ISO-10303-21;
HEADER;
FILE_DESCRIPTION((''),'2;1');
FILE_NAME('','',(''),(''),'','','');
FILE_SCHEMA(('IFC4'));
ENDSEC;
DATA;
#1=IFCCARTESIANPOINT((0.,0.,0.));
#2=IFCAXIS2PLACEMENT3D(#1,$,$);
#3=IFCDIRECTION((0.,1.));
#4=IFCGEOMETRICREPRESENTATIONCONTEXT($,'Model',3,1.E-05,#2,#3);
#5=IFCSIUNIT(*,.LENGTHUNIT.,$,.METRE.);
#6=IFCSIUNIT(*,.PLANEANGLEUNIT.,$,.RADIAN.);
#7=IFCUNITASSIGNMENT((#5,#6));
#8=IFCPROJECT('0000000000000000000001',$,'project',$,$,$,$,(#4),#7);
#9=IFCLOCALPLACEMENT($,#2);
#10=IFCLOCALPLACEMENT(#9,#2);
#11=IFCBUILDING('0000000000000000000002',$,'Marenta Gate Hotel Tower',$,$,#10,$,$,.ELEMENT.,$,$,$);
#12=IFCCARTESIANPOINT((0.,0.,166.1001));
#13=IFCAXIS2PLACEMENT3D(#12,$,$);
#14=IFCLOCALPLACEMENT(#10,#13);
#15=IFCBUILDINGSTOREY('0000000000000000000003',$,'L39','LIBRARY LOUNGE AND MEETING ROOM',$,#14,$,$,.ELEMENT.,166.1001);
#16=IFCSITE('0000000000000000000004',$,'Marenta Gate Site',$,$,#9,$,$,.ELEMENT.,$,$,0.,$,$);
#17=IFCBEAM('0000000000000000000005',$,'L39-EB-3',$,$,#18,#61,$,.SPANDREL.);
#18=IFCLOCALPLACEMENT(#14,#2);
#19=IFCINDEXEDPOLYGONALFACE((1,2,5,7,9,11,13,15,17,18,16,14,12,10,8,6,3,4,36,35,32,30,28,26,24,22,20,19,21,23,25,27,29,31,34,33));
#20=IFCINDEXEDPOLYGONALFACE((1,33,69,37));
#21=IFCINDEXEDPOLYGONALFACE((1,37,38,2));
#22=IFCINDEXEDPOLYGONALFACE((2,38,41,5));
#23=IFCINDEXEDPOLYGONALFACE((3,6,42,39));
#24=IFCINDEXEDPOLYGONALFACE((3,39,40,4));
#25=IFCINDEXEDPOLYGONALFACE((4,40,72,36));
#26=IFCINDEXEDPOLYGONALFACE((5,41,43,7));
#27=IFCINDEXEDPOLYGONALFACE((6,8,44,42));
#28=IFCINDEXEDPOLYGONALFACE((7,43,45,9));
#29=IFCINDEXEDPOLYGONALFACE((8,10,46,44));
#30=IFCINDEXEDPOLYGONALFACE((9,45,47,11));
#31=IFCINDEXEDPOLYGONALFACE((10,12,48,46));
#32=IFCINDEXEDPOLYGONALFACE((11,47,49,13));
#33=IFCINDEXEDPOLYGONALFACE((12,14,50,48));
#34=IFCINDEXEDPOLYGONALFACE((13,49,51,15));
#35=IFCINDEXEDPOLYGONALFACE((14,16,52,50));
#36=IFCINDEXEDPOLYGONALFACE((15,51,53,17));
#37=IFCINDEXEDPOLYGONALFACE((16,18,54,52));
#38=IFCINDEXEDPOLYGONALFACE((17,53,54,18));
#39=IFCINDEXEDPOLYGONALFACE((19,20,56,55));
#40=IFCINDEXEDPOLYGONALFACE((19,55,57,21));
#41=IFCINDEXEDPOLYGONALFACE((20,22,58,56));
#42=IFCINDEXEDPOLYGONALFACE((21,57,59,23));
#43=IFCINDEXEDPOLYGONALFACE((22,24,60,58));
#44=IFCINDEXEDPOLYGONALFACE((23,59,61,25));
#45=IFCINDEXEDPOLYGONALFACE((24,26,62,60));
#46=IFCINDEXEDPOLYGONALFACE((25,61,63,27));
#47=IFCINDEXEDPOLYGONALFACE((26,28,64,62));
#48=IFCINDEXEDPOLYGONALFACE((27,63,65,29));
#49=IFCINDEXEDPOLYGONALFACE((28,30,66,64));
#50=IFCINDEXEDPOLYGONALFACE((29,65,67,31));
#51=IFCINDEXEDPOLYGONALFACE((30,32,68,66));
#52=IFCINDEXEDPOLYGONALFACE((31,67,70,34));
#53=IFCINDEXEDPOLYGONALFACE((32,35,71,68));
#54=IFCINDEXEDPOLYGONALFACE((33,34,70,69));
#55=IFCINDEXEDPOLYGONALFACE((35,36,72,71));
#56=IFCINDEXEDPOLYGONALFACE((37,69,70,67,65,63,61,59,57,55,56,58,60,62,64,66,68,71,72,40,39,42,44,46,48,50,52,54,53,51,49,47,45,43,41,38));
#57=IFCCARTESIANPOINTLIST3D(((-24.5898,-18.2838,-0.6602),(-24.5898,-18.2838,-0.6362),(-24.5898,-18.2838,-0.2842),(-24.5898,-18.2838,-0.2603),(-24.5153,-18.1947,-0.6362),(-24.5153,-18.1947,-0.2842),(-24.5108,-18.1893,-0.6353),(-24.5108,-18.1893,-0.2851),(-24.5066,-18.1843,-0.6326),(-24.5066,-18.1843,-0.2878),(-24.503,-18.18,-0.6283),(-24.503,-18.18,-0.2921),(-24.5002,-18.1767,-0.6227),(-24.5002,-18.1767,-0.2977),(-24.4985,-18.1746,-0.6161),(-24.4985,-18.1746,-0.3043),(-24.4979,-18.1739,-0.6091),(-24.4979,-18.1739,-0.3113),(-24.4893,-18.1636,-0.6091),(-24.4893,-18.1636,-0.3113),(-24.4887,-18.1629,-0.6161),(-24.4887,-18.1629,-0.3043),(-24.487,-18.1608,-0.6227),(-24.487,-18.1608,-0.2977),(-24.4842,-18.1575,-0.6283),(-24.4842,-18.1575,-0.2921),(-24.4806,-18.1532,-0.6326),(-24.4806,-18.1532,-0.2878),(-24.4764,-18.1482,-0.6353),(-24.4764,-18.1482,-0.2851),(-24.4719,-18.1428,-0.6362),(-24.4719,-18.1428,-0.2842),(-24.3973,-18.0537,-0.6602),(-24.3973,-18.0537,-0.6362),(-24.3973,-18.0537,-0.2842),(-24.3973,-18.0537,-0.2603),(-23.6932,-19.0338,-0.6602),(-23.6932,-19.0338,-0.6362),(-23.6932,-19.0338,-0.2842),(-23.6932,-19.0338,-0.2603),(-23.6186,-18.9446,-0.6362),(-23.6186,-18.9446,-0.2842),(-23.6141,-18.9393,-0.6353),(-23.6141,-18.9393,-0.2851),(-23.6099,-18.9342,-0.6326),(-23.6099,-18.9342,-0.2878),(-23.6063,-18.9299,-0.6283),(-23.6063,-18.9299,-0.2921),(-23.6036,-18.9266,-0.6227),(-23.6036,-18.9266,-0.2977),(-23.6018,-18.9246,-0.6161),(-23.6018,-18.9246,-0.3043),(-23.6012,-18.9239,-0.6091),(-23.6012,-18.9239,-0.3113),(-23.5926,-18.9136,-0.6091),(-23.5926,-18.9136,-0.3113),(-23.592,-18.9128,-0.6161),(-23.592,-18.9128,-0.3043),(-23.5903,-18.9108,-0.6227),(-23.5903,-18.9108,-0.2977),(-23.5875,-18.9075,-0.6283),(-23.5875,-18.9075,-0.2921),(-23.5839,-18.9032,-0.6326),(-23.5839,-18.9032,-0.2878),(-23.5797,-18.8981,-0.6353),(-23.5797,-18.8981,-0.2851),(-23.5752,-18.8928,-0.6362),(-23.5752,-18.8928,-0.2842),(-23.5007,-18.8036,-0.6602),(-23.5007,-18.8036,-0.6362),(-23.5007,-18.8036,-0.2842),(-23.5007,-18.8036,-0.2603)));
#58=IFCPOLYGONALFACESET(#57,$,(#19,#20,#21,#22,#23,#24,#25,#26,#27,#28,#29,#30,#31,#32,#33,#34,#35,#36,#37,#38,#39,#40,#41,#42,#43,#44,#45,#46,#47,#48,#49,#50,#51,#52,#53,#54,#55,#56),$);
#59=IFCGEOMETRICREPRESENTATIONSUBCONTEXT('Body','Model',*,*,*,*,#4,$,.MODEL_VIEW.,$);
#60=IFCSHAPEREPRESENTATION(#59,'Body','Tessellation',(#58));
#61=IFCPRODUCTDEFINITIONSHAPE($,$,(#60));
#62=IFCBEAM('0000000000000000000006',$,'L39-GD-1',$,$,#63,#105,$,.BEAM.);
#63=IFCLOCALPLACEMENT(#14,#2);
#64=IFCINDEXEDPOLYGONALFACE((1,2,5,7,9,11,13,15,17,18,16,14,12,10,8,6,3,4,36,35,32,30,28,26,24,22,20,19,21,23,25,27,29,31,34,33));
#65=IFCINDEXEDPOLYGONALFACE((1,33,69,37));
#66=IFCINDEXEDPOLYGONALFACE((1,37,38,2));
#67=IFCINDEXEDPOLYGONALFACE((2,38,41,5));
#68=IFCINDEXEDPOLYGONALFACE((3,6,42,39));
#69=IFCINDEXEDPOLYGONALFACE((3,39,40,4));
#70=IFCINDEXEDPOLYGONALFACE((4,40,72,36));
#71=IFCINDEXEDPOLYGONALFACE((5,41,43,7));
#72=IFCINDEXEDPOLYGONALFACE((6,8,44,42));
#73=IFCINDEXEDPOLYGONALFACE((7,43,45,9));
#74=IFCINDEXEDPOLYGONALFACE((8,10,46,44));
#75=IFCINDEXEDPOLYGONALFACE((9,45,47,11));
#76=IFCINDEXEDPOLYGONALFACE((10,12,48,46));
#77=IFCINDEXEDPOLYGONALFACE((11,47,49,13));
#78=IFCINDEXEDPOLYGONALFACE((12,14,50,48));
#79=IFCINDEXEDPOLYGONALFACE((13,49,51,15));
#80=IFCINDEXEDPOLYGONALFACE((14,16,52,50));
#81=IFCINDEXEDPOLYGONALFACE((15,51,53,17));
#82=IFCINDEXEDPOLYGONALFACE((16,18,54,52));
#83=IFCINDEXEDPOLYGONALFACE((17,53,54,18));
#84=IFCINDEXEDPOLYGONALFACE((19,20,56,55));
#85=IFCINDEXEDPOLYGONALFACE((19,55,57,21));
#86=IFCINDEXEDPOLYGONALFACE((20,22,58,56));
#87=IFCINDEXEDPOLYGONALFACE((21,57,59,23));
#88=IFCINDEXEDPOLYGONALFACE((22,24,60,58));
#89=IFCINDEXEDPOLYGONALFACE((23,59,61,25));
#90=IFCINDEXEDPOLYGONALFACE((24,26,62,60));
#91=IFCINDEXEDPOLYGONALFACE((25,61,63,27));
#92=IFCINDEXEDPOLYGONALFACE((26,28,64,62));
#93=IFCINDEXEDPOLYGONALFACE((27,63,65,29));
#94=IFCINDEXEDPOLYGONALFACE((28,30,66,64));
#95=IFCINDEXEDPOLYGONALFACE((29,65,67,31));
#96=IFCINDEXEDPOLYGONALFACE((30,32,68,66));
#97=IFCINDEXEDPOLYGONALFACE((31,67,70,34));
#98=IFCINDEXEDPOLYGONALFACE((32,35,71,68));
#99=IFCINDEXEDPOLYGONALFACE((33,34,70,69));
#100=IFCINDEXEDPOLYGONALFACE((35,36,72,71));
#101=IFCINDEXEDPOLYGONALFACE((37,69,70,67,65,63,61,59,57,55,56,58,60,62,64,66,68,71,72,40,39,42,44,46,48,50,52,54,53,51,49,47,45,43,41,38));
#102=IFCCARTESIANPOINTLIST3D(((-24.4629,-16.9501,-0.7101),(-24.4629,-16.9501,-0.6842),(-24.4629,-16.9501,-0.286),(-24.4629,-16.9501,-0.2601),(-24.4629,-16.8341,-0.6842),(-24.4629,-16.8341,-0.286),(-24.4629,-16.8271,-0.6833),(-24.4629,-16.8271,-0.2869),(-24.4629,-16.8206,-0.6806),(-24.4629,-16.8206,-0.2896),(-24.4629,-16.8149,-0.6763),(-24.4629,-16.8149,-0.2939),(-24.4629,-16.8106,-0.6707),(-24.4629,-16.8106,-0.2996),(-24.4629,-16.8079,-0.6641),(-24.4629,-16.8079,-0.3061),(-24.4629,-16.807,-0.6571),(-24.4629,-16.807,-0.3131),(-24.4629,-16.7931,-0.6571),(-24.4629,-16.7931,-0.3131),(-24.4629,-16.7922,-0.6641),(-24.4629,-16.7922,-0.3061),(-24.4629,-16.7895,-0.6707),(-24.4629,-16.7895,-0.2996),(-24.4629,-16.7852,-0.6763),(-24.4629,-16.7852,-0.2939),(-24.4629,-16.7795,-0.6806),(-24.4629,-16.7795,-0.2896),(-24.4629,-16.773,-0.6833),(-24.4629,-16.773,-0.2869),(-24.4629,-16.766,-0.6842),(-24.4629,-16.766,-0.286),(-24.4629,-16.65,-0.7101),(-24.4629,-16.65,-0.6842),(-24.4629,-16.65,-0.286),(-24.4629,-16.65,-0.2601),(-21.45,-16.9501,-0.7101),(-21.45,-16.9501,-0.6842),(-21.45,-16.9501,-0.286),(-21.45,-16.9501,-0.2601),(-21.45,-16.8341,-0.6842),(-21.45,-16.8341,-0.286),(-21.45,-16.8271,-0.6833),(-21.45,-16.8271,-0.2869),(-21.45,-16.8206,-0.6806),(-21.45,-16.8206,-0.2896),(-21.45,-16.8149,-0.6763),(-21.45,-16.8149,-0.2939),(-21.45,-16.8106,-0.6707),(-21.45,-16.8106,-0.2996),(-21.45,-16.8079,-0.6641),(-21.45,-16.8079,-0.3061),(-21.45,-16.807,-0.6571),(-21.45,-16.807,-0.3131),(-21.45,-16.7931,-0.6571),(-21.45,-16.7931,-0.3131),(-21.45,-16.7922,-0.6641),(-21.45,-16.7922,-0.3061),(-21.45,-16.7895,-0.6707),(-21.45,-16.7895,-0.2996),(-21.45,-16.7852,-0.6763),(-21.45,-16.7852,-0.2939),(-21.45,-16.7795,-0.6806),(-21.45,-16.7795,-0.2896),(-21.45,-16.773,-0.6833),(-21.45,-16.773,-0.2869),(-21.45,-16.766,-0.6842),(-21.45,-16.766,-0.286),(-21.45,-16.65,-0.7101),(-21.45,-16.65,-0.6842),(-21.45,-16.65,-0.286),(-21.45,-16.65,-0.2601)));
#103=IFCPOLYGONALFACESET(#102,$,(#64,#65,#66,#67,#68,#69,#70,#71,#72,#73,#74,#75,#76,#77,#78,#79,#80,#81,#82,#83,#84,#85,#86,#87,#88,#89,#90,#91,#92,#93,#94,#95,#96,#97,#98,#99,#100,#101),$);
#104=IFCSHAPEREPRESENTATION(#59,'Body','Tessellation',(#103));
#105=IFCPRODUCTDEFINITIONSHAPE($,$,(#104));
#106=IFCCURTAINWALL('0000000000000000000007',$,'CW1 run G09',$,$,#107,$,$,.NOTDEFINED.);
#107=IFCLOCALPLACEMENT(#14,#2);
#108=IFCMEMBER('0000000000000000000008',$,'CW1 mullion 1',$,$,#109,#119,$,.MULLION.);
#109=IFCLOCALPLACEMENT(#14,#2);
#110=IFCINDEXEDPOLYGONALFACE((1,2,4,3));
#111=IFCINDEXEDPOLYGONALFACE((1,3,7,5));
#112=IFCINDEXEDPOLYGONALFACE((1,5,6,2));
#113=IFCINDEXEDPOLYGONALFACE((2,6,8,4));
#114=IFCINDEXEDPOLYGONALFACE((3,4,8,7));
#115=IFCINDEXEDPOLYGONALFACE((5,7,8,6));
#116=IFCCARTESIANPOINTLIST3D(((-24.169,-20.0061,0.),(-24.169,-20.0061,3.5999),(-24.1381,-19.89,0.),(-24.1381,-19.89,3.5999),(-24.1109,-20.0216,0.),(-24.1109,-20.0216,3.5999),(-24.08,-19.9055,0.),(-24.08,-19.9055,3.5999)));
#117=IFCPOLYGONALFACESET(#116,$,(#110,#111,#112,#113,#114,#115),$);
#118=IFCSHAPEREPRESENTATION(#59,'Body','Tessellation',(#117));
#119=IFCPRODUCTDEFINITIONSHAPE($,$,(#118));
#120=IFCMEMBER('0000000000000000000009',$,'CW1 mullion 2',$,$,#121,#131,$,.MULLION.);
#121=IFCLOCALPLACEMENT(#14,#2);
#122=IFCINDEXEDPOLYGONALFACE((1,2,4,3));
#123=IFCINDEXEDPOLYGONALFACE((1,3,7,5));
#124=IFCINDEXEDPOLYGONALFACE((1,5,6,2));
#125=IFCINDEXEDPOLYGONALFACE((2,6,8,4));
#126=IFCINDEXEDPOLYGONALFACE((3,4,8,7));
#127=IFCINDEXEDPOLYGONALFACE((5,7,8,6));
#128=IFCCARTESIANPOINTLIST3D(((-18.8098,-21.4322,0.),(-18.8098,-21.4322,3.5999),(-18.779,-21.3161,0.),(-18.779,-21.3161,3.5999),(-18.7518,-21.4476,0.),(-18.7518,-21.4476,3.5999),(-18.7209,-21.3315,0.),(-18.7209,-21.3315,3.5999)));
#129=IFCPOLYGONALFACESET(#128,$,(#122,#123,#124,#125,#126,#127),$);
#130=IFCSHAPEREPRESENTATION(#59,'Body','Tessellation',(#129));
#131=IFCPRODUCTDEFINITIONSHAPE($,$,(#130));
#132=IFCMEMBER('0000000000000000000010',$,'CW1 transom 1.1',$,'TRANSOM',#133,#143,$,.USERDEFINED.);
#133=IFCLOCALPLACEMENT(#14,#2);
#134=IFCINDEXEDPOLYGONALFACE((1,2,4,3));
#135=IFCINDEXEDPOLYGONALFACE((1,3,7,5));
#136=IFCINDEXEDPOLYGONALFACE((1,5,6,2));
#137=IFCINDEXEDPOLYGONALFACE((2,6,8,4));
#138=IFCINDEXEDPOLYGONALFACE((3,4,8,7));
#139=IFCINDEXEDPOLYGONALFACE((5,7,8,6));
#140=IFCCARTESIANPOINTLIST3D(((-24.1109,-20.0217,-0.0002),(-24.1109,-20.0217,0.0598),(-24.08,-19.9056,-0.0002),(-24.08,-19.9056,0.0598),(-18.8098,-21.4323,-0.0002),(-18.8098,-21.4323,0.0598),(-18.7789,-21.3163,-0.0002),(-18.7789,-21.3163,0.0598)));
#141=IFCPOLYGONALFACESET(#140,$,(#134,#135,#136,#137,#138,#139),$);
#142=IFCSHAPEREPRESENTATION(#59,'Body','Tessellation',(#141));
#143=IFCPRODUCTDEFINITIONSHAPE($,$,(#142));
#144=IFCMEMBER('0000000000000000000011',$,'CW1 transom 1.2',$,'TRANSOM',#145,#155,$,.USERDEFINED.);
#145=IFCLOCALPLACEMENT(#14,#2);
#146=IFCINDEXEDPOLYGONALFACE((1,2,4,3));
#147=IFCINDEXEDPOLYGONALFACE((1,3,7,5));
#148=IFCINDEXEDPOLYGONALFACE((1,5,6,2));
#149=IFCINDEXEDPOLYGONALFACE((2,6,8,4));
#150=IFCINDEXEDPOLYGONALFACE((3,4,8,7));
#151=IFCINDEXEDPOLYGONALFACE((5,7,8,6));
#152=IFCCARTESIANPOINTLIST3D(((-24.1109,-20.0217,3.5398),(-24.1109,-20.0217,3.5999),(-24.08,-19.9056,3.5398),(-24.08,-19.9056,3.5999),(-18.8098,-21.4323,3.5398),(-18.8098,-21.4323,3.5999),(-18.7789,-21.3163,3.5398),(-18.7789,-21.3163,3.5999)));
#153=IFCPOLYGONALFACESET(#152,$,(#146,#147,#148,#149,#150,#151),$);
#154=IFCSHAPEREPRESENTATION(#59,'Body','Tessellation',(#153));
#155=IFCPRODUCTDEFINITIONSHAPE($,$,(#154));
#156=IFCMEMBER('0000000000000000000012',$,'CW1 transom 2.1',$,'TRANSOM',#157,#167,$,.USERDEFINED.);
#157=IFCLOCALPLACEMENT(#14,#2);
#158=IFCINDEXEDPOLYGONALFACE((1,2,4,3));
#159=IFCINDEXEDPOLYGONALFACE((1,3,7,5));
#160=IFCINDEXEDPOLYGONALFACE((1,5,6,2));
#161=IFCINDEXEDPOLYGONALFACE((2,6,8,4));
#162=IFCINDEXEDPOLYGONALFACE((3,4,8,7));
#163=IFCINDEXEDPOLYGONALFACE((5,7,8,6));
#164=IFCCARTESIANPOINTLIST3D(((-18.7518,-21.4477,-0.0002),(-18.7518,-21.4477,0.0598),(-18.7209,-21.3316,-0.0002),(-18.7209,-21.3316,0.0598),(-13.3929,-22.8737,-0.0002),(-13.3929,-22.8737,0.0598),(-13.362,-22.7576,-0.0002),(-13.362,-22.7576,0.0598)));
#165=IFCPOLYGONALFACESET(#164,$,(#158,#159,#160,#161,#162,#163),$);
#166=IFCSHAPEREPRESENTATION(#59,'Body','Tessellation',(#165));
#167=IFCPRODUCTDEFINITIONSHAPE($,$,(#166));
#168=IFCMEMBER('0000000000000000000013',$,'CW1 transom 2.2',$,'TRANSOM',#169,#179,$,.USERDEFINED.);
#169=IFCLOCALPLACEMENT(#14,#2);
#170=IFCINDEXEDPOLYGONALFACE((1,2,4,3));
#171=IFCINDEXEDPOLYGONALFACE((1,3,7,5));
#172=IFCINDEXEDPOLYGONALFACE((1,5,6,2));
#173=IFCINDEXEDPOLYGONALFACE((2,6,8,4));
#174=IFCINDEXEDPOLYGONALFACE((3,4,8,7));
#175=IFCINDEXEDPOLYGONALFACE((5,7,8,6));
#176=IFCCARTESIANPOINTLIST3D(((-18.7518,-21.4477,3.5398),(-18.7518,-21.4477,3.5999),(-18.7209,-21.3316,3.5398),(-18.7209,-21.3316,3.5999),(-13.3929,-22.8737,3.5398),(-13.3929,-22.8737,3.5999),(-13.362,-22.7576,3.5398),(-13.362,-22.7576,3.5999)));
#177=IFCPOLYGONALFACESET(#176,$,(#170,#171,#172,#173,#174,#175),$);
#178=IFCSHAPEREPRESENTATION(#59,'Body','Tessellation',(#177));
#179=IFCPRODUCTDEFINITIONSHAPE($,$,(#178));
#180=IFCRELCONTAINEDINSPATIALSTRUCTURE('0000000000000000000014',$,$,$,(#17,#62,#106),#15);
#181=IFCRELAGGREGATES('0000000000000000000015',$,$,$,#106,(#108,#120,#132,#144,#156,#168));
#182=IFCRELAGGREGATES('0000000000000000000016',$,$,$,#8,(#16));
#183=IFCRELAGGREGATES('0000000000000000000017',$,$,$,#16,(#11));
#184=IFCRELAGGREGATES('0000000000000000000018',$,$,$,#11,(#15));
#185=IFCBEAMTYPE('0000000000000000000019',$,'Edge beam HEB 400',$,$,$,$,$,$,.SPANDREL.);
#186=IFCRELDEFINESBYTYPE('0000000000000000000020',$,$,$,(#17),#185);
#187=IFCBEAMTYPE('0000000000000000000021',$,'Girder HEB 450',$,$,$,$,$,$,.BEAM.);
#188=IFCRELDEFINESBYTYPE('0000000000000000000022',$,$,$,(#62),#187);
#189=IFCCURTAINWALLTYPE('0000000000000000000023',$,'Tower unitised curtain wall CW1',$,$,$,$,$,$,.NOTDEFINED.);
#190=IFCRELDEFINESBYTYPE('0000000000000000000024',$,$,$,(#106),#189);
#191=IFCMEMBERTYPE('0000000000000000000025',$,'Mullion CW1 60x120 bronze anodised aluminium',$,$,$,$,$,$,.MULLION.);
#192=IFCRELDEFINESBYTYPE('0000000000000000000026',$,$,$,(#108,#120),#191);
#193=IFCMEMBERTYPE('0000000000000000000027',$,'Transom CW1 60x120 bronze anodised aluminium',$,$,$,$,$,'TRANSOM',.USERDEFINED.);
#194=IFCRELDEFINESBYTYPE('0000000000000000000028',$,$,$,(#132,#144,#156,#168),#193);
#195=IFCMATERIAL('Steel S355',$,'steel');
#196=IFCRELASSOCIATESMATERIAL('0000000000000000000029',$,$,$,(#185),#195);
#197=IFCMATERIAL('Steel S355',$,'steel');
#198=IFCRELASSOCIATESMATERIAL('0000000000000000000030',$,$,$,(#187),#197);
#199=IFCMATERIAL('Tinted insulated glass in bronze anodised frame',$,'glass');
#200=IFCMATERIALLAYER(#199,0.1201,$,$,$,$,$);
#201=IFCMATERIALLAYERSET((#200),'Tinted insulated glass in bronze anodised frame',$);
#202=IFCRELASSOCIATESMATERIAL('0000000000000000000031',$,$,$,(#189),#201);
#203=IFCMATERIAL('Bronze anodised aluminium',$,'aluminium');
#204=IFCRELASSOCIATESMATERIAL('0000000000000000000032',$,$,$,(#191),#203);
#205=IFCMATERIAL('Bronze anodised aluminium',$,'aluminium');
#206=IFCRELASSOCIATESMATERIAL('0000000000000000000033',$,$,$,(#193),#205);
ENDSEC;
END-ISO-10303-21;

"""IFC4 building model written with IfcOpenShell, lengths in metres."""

from ifc_helpers import new_model, si_unit, direction, frame, origin, origin_2d, place, context, subcontext, project, spatial, rectangle, i_section, extrude, material, layer, layer_set, material_profile, profile_set, type_object, element, aggregate, save


model = new_model("IFC4")

# Units and contexts
model_context = context("Model", 3, precision=1e-05, world=origin(), true_north=direction((0.0, 1.0)))
body_context = subcontext(model_context, "Body", "Model", "MODEL_VIEW")
ifc_project = project(units=[si_unit("LENGTHUNIT", "METRE"), si_unit("PLANEANGLEUNIT", "RADIAN")], contexts=[model_context])

# Site, building, storey
site_placement = place(None, origin())
site = spatial("IfcSite", under=ifc_project, at=site_placement, Name="Marenta Gate Site", CompositionType="ELEMENT", RefElevation=0.0)
building_placement = place(site_placement, origin())
building = spatial("IfcBuilding", under=site, at=building_placement, Name="Marenta Gate Hotel Tower", CompositionType="ELEMENT")
storey_placement = place(building_placement, frame((0.0, 0.0, 166.1001)))
storey = spatial("IfcBuildingStorey", under=building, at=storey_placement, Name="L39", Description="LIBRARY LOUNGE AND MEETING ROOM", CompositionType="ELEMENT", Elevation=166.1001)

# Beams
ifc_material_1 = material(Name="Steel S355", Category="steel")
ifc_material_profile_1 = material_profile(ifc_material_1, i_section(OverallWidth=0.3, OverallDepth=0.3999, WebThickness=0.0134, FlangeThickness=0.0239, FilletRadius=0.0271, at=origin_2d()), Name="HEB 400")
ifc_profile_set_1 = profile_set([ifc_material_profile_1], Name="Steel S355")
beam_type_1 = type_object("IfcBeamType", Name="Edge beam HEB 400", PredefinedType="SPANDREL", material=ifc_profile_set_1)
beam_1_placement = place(storey_placement, frame((-23.5969, -18.9187, -0.4602), z_axis=(-0.767073, 0.64156, 0.0), x_axis=(-0.64156, -0.767073, 0.0)))
element("IfcBeam", 1, at=beam_1_placement, inside=storey, type_object=beam_type_1, Name="L39-EB-3", PredefinedType="SPANDREL", context=body_context, shape_type="SweptSolid", body=[
    extrude(i_section(OverallWidth=0.3, OverallDepth=0.3999, WebThickness=0.0134, FlangeThickness=0.0239, FilletRadius=0.0271, at=origin_2d()), origin(), (0.0, 0.0, 1.0), 1.1689),
])
ifc_material_2 = material(Name="Steel S355", Category="steel")
ifc_material_profile_2 = material_profile(ifc_material_2, i_section(OverallWidth=0.3, OverallDepth=0.45, WebThickness=0.0139, FlangeThickness=0.0259, FilletRadius=0.0271, at=origin_2d()), Name="HEB 450")
ifc_profile_set_2 = profile_set([ifc_material_profile_2], Name="Steel S355")
beam_type_2 = type_object("IfcBeamType", Name="Girder HEB 450", PredefinedType="BEAM", material=ifc_profile_set_2)
beam_2_placement = place(storey_placement, frame((-24.4629, -16.8, -0.4851), z_axis=(1.0, 0.0, 0.0), x_axis=(0.0, 1.0, 0.0)))
element("IfcBeam", 2, at=beam_2_placement, inside=storey, type_object=beam_type_2, Name="L39-GD-1", PredefinedType="BEAM", context=body_context, shape_type="SweptSolid", body=[
    extrude(i_section(OverallWidth=0.3, OverallDepth=0.45, WebThickness=0.0139, FlangeThickness=0.0259, FilletRadius=0.0271, at=origin_2d()), origin(), (0.0, 0.0, 1.0), 3.0129),
])

# Curtain wall, members
ifc_material_3 = material(Name="Tinted insulated glass in bronze anodised frame", Category="glass")
ifc_layer_1 = layer(ifc_material_3, 0.1201)
ifc_layer_set_1 = layer_set([ifc_layer_1], Name="Tinted insulated glass in bronze anodised frame")
curtain_wall_type = type_object("IfcCurtainWallType", Name="Tower unitised curtain wall CW1", PredefinedType="NOTDEFINED", material=ifc_layer_set_1)
curtain_wall_1_placement = place(storey_placement, origin())
curtain_wall_1 = element("IfcCurtainWall", 3, at=curtain_wall_1_placement, inside=storey, type_object=curtain_wall_type, Name="CW1 run G09", PredefinedType="NOTDEFINED")
ifc_material_4 = material(Name="Bronze anodised aluminium", Category="aluminium")
ifc_material_profile_3 = material_profile(ifc_material_4, rectangle(XDim=0.1201, YDim=0.0601, at=origin_2d()), Name="Mullion CW1 60x120 bronze anodised aluminium")
ifc_profile_set_3 = profile_set([ifc_material_profile_3], Name="Bronze anodised aluminium")
member_type_1 = type_object("IfcMemberType", Name="Mullion CW1 60x120 bronze anodised aluminium", PredefinedType="MULLION", material=ifc_profile_set_3)
member_1_placement = place(storey_placement, frame((-24.1245, -19.9558, 0.0), z_axis=(0.0, 0.0, 1.0), x_axis=(0.257144, 0.966373, 0.0)))
member_1 = element("IfcMember", 4, at=member_1_placement, type_object=member_type_1, Name="CW1 mullion 1", PredefinedType="MULLION", context=body_context, shape_type="SweptSolid", body=[
    extrude(rectangle(XDim=0.1201, YDim=0.0601, at=origin_2d()), origin(), (0.0, 0.0, 1.0), 3.5999),
])
member_2_placement = place(storey_placement, frame((-18.7654, -21.3818, 0.0), z_axis=(0.0, 0.0, 1.0), x_axis=(0.257144, 0.966373, 0.0)))
member_2 = element("IfcMember", 5, at=member_2_placement, type_object=member_type_1, Name="CW1 mullion 2", PredefinedType="MULLION", context=body_context, shape_type="SweptSolid", body=[
    extrude(rectangle(XDim=0.1201, YDim=0.0601, at=origin_2d()), origin(), (0.0, 0.0, 1.0), 3.5999),
])
ifc_material_5 = material(Name="Bronze anodised aluminium", Category="aluminium")
ifc_material_profile_4 = material_profile(ifc_material_5, rectangle(XDim=0.1201, YDim=0.0601, at=origin_2d()), Name="Transom CW1 60x120 bronze anodised aluminium")
ifc_profile_set_4 = profile_set([ifc_material_profile_4], Name="Bronze anodised aluminium")
member_type_2 = type_object("IfcMemberType", Name="Transom CW1 60x120 bronze anodised aluminium", ElementType="TRANSOM", PredefinedType="USERDEFINED", material=ifc_profile_set_4)
member_3_placement = place(storey_placement, frame((-24.0955, -19.9636, 0.0298), z_axis=(0.966369, -0.257158, 0.0), x_axis=(0.257158, 0.966369, 0.0)))
member_3 = element("IfcMember", 6, at=member_3_placement, type_object=member_type_2, Name="CW1 transom 1.1", ObjectType="TRANSOM", PredefinedType="USERDEFINED", context=body_context, shape_type="SweptSolid", body=[
    extrude(rectangle(XDim=0.1201, YDim=0.0601, at=origin_2d()), origin(), (0.0, 0.0, 1.0), 5.4856),
])
member_4_placement = place(storey_placement, frame((-24.0955, -19.9636, 3.5698), z_axis=(0.966369, -0.257158, 0.0), x_axis=(0.257158, 0.966369, 0.0)))
member_4 = element("IfcMember", 7, at=member_4_placement, type_object=member_type_2, Name="CW1 transom 1.2", ObjectType="TRANSOM", PredefinedType="USERDEFINED", context=body_context, shape_type="SweptSolid", body=[
    extrude(rectangle(XDim=0.1201, YDim=0.0601, at=origin_2d()), origin(), (0.0, 0.0, 1.0), 5.4856),
])
member_5_placement = place(storey_placement, frame((-18.7363, -21.3896, 0.0298), z_axis=(0.96637, -0.257156, 0.0), x_axis=(0.257156, 0.96637, 0.0)))
member_5 = element("IfcMember", 8, at=member_5_placement, type_object=member_type_2, Name="CW1 transom 2.1", ObjectType="TRANSOM", PredefinedType="USERDEFINED", context=body_context, shape_type="SweptSolid", body=[
    extrude(rectangle(XDim=0.1201, YDim=0.0601, at=origin_2d()), origin(), (0.0, 0.0, 1.0), 5.5454),
])
member_6_placement = place(storey_placement, frame((-18.7363, -21.3896, 3.5698), z_axis=(0.96637, -0.257156, 0.0), x_axis=(0.257156, 0.96637, 0.0)))
member_6 = element("IfcMember", 9, at=member_6_placement, type_object=member_type_2, Name="CW1 transom 2.2", ObjectType="TRANSOM", PredefinedType="USERDEFINED", context=body_context, shape_type="SweptSolid", body=[
    extrude(rectangle(XDim=0.1201, YDim=0.0601, at=origin_2d()), origin(), (0.0, 0.0, 1.0), 5.5454),
])

aggregate(curtain_wall_1, [member_1, member_2, member_3, member_4, member_5, member_6])

save(model, "model.ifc")
